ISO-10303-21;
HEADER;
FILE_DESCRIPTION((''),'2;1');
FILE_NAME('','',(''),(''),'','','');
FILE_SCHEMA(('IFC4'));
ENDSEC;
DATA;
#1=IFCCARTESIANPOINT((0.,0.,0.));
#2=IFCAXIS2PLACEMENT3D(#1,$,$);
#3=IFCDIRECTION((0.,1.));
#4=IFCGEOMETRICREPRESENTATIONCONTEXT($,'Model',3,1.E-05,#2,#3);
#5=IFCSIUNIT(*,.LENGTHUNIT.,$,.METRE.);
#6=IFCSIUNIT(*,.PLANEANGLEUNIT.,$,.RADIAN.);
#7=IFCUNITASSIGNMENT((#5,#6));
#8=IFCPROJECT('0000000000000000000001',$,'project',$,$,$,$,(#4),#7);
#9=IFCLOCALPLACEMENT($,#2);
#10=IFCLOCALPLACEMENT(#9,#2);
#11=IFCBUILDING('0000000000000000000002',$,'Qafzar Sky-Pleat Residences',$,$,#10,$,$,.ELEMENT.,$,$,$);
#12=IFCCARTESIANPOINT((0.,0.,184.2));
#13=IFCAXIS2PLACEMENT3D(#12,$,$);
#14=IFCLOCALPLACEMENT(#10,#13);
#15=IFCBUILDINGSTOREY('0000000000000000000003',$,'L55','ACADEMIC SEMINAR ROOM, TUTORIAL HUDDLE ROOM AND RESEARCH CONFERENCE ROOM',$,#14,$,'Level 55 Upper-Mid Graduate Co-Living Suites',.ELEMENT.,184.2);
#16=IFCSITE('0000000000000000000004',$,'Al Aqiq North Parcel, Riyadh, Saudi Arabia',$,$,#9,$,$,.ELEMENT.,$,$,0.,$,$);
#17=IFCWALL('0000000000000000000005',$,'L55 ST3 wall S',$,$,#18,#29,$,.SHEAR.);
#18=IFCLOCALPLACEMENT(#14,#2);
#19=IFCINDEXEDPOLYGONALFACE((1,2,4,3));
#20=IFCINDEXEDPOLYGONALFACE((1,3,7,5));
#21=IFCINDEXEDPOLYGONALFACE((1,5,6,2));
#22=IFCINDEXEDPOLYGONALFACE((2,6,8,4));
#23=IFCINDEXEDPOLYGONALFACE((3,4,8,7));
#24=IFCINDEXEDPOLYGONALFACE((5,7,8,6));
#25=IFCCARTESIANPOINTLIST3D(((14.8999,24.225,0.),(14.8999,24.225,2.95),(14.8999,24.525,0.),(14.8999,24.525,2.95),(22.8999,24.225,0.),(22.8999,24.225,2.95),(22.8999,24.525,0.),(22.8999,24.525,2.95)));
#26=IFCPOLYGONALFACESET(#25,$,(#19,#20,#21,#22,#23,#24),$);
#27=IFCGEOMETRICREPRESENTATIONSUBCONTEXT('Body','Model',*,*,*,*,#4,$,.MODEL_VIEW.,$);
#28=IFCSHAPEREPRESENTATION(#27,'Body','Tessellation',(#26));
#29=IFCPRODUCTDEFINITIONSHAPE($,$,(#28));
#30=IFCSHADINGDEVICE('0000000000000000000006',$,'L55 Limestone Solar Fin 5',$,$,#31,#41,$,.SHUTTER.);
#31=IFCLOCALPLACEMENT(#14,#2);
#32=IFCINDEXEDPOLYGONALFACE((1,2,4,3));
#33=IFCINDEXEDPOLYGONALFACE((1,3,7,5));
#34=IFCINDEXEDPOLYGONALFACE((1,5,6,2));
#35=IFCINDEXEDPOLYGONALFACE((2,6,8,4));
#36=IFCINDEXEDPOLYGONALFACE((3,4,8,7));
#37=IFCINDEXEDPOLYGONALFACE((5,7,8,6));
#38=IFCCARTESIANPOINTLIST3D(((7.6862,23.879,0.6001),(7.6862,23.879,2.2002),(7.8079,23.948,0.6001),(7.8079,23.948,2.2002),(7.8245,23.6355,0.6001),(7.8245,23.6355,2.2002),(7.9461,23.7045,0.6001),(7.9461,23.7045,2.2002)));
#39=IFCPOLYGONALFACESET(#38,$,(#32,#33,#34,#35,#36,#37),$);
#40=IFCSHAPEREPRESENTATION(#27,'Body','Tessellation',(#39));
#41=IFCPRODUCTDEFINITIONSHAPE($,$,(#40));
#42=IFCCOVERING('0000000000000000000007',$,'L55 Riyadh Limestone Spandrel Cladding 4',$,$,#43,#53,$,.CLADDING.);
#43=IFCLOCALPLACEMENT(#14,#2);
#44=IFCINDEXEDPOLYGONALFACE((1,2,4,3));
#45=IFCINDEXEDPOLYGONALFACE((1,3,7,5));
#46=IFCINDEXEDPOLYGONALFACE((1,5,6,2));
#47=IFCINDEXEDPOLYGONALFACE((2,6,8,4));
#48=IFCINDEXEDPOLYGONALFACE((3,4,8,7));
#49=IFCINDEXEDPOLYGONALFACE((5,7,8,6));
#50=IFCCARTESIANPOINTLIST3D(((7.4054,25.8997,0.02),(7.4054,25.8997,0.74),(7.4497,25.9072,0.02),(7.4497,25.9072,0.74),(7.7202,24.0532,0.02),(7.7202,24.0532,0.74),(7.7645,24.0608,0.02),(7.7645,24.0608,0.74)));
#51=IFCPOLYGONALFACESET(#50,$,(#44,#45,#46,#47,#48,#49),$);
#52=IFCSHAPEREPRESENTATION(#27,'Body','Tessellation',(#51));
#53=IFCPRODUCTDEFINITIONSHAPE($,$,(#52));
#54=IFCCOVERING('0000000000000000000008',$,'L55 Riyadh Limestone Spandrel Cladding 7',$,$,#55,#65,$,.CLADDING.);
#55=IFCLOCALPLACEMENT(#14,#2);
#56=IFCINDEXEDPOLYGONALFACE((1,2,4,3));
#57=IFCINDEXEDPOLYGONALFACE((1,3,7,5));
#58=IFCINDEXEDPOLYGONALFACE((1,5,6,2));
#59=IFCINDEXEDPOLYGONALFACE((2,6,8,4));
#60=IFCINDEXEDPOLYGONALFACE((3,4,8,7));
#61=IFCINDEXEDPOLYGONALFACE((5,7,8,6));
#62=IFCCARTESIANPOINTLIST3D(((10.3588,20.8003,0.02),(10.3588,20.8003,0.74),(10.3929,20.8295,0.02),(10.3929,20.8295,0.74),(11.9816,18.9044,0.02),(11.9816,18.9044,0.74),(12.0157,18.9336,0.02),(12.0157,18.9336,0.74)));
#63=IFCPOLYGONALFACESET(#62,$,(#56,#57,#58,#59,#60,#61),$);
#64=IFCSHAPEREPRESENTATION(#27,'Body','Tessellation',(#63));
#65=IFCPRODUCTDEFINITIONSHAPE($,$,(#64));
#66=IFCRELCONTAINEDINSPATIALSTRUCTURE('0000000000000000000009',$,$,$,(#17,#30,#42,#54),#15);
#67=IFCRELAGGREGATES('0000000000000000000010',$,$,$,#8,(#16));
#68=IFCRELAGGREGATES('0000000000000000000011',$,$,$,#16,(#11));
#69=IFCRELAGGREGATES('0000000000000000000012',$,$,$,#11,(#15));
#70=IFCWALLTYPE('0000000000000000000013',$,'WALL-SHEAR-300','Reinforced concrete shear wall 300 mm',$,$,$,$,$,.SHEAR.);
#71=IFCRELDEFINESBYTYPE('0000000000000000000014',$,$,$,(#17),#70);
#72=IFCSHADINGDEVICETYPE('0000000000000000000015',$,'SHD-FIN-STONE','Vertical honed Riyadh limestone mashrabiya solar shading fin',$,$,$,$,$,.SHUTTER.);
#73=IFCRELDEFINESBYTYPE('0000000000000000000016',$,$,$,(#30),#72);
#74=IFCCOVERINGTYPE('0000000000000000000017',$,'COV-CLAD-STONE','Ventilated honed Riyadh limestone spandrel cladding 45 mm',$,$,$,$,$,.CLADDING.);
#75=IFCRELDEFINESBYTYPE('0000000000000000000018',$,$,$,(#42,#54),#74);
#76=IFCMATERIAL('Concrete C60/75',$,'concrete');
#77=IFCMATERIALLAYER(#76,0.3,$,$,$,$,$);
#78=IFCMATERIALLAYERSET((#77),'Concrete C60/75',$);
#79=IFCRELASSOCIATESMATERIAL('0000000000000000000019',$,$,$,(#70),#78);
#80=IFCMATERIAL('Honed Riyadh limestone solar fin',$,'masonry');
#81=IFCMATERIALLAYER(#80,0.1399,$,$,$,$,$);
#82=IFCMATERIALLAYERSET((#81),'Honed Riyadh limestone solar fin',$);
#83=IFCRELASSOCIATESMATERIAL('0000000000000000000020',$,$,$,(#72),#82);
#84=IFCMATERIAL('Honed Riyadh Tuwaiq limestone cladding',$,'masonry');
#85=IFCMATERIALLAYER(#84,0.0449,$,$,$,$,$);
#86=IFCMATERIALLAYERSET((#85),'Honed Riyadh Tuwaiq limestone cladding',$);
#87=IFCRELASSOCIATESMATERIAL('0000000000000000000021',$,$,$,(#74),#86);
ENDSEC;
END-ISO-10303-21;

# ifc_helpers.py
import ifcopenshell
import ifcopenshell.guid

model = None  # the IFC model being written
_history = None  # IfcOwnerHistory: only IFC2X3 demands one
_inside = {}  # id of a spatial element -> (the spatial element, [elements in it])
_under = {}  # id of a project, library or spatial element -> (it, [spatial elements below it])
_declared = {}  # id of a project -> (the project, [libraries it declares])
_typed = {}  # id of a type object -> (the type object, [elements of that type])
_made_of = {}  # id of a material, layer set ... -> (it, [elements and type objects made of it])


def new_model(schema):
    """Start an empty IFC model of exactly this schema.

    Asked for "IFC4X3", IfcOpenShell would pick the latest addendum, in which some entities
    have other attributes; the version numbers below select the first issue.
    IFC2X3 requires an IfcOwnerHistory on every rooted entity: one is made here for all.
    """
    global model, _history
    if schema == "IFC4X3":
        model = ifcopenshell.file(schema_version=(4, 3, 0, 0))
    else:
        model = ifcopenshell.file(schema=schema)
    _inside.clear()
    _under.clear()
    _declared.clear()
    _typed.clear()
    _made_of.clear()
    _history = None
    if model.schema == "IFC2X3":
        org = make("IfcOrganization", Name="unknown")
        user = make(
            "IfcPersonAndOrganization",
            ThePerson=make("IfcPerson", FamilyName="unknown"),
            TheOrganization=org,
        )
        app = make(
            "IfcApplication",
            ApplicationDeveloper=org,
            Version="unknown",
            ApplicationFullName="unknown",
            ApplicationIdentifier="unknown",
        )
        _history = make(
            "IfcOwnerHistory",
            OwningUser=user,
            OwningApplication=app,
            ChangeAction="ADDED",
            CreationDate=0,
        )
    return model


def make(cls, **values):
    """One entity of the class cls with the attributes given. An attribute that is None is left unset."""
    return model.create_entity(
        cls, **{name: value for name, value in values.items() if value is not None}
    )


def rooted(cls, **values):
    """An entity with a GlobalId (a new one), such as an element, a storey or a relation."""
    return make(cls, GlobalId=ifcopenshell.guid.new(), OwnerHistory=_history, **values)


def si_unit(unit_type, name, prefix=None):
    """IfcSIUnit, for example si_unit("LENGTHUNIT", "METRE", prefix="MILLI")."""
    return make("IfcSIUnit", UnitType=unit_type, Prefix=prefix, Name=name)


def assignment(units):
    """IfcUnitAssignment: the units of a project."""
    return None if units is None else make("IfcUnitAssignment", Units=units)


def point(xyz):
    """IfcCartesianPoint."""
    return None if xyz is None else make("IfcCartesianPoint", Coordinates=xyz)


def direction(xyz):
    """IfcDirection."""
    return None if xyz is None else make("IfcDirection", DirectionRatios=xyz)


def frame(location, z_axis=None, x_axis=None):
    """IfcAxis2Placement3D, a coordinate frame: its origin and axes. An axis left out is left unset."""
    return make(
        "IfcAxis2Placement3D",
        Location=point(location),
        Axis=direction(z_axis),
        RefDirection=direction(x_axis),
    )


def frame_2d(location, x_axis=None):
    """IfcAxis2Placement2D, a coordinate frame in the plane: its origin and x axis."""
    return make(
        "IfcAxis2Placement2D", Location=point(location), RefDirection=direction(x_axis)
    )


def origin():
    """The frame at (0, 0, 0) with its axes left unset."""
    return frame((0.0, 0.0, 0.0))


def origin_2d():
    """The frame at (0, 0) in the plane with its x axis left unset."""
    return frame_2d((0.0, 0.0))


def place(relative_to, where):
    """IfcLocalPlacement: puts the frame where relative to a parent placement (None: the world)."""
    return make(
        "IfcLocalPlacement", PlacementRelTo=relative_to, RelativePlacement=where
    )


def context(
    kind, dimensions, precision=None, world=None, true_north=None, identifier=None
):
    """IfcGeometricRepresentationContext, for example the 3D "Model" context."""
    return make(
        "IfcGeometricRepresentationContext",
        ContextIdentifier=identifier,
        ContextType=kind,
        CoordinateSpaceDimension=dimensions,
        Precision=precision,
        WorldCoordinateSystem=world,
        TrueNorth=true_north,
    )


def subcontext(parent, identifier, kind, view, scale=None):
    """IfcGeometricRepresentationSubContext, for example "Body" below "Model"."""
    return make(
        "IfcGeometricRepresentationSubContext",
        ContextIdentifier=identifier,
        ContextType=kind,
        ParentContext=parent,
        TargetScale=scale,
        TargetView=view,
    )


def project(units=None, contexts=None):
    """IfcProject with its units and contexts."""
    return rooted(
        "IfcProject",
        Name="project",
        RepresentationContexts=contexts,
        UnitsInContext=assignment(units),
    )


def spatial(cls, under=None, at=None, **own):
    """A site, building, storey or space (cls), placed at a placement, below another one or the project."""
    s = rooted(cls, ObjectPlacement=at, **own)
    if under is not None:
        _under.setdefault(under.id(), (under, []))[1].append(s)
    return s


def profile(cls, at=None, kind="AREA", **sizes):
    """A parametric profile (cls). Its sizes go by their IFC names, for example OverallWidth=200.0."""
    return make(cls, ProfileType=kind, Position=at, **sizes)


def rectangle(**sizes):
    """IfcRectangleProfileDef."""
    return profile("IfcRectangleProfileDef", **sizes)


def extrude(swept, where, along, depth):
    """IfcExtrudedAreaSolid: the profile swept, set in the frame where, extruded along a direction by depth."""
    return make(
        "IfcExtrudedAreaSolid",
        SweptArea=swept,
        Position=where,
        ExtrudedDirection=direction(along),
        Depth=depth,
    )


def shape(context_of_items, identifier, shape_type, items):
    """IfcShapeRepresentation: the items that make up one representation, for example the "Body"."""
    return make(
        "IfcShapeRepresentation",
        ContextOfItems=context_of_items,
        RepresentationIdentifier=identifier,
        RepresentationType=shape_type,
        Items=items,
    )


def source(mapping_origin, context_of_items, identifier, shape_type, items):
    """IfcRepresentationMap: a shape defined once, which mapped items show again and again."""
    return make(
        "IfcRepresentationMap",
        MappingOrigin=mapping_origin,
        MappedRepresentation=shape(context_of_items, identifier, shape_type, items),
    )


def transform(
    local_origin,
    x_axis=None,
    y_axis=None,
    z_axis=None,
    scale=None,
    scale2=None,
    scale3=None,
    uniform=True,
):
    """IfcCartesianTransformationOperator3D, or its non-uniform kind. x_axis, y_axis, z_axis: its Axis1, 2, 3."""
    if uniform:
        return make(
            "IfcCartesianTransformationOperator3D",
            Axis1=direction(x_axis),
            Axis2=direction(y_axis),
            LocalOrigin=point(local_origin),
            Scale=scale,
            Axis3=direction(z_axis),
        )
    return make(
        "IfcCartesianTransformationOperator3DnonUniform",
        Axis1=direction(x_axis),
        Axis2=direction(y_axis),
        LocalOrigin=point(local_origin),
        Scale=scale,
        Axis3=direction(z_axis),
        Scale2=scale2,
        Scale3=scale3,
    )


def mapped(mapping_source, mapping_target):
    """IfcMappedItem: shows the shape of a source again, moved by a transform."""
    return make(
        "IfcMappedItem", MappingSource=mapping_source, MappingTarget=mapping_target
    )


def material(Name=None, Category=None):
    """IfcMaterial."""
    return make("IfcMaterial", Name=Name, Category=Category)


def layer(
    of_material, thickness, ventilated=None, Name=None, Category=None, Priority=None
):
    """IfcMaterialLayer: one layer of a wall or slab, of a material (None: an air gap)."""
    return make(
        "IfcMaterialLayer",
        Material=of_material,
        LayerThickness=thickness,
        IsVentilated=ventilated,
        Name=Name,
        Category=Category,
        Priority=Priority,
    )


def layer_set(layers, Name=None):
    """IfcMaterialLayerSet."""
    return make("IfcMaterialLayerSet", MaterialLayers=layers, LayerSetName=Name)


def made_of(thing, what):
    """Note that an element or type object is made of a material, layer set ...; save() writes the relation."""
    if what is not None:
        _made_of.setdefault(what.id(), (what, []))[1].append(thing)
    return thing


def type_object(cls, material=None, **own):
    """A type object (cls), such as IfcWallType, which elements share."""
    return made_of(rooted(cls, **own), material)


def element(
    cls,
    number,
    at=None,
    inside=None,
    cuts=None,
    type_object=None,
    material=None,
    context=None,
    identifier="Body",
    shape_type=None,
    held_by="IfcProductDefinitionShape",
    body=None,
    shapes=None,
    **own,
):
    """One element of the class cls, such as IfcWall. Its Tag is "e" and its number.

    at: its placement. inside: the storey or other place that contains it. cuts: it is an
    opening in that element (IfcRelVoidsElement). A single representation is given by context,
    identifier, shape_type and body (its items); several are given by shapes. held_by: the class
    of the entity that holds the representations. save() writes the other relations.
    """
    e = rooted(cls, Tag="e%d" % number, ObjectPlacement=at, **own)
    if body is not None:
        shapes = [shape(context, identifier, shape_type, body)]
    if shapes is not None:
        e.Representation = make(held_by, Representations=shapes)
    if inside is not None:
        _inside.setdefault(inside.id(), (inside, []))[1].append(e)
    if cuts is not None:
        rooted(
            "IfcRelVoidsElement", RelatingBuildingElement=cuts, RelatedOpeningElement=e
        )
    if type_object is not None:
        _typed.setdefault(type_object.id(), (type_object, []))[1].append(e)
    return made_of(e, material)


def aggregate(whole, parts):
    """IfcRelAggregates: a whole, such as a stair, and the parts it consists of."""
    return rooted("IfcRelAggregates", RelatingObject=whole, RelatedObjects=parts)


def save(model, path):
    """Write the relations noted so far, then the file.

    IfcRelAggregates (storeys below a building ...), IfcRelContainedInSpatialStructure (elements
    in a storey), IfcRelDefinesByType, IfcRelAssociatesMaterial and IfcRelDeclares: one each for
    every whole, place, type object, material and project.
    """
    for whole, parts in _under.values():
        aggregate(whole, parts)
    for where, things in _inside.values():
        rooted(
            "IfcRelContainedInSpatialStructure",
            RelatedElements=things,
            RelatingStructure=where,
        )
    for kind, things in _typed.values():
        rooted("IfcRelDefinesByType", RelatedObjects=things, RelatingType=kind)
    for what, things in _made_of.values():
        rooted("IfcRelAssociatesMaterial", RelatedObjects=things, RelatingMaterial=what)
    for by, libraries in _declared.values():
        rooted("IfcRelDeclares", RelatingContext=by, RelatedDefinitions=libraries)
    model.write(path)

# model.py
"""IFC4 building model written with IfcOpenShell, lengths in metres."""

from ifc_helpers import new_model, si_unit, direction, frame, frame_2d, origin, origin_2d, place, context, subcontext, project, spatial, rectangle, extrude, source, transform, mapped, material, layer, layer_set, type_object, element, save


model = new_model("IFC4")

# Units and contexts
model_context = context("Model", 3, precision=1e-05, world=origin(), true_north=direction((0.0, 1.0)))
body_context = subcontext(model_context, "Body", "Model", "MODEL_VIEW")
ifc_project = project(units=[si_unit("LENGTHUNIT", "METRE"), si_unit("PLANEANGLEUNIT", "RADIAN")], contexts=[model_context])

# Site, building, storey
site_placement = place(None, origin())
site = spatial("IfcSite", under=ifc_project, at=site_placement, Name="Al Aqiq North Parcel, Riyadh, Saudi Arabia", CompositionType="ELEMENT", RefElevation=0.0)
building_placement = place(site_placement, origin())
building = spatial("IfcBuilding", under=site, at=building_placement, Name="Qafzar Sky-Pleat Residences", CompositionType="ELEMENT")
storey_placement = place(building_placement, frame((0.0, 0.0, 184.2)))
storey = spatial("IfcBuildingStorey", under=building, at=storey_placement, Name="L55", Description="ACADEMIC SEMINAR ROOM, TUTORIAL HUDDLE ROOM AND RESEARCH CONFERENCE ROOM", LongName="Level 55 Upper-Mid Graduate Co-Living Suites", CompositionType="ELEMENT", Elevation=184.2)

# Wall
ifc_material_1 = material(Name="Concrete C60/75", Category="concrete")
ifc_layer_1 = layer(ifc_material_1, 0.3)
ifc_layer_set_1 = layer_set([ifc_layer_1], Name="Concrete C60/75")
wall_type_1 = type_object("IfcWallType", Name="WALL-SHEAR-300", Description="Reinforced concrete shear wall 300 mm", PredefinedType="SHEAR", material=ifc_layer_set_1)
wall_1_placement = place(storey_placement, frame((14.8999, 24.375, 0.0), z_axis=(0.0, 0.0, 1.0), x_axis=(1.0, 0.0, 0.0)))
element("IfcWall", 1, at=wall_1_placement, inside=storey, type_object=wall_type_1, Name="L55 ST3 wall S", PredefinedType="SHEAR", context=body_context, shape_type="SweptSolid", body=[
    extrude(rectangle(XDim=8.0, YDim=0.3, at=frame_2d((4.0, 0.0))), origin(), (0.0, 0.0, 1.0), 2.95),
])

# Shading device
ifc_material_2 = material(Name="Honed Riyadh limestone solar fin", Category="masonry")
ifc_layer_2 = layer(ifc_material_2, 0.1399)
ifc_layer_set_2 = layer_set([ifc_layer_2], Name="Honed Riyadh limestone solar fin")
shading_device_type = type_object("IfcShadingDeviceType", Name="SHD-FIN-STONE", Description="Vertical honed Riyadh limestone mashrabiya solar shading fin", PredefinedType="SHUTTER", material=ifc_layer_set_2)
shared_shape_1 = source(origin(), body_context, "Body", "SweptSolid", [
    extrude(rectangle(XDim=0.1399, YDim=0.28, at=origin_2d()), origin(), (0.0, 0.0, 1.0), 1.6001),
])
shading_device_placement = place(storey_placement, frame((7.8162, 23.7917, 0.6001), z_axis=(0.0, 0.0, 1.0), x_axis=(-0.869658, -0.493655, 0.0)))
element("IfcShadingDevice", 2, at=shading_device_placement, inside=storey, type_object=shading_device_type, Name="L55 Limestone Solar Fin 5", PredefinedType="SHUTTER", context=body_context, shape_type="MappedRepresentation", body=[
    mapped(shared_shape_1, transform((0.0, 0.0, 0.0), x_axis=(1.0, 0.0, 0.0), y_axis=(0.0, 1.0, 0.0), z_axis=(0.0, 0.0, 1.0), scale=1.0)),
])

# Covering
ifc_material_3 = material(Name="Honed Riyadh Tuwaiq limestone cladding", Category="masonry")
ifc_layer_3 = layer(ifc_material_3, 0.0449)
ifc_layer_set_3 = layer_set([ifc_layer_3], Name="Honed Riyadh Tuwaiq limestone cladding")
covering_type = type_object("IfcCoveringType", Name="COV-CLAD-STONE", Description="Ventilated honed Riyadh limestone spandrel cladding 45 mm", PredefinedType="CLADDING", material=ifc_layer_set_3)
shared_shape_2 = source(origin(), body_context, "Body", "SweptSolid", [
    extrude(rectangle(XDim=1.873, YDim=0.0449, at=origin_2d()), origin(), (0.0, 0.0, 1.0), 0.72),
])
covering_1_placement = place(storey_placement, frame((7.585, 24.9802, 0.02), z_axis=(0.0, 0.0, 1.0), x_axis=(0.168076, -0.985774, 0.0)))
element("IfcCovering", 3, at=covering_1_placement, inside=storey, type_object=covering_type, Name="L55 Riyadh Limestone Spandrel Cladding 4", PredefinedType="CLADDING", context=body_context, shape_type="MappedRepresentation", body=[
    mapped(shared_shape_2, transform((0.0, 0.0, 0.0), x_axis=(1.0, 0.0, 0.0), y_axis=(0.0, 1.0, 0.0), z_axis=(0.0, 0.0, 1.0), scale=1.0)),
])

# Covering
shared_shape_3 = source(origin(), body_context, "Body", "SweptSolid", [
    extrude(rectangle(XDim=2.4956, YDim=0.0449, at=origin_2d()), origin(), (0.0, 0.0, 1.0), 0.72),
])
covering_2_placement = place(storey_placement, frame((11.1873, 19.8669, 0.02), z_axis=(0.0, 0.0, 1.0), x_axis=(0.650274, -0.759699, 0.0)))
element("IfcCovering", 4, at=covering_2_placement, inside=storey, type_object=covering_type, Name="L55 Riyadh Limestone Spandrel Cladding 7", PredefinedType="CLADDING", context=body_context, shape_type="MappedRepresentation", body=[
    mapped(shared_shape_3, transform((0.0, 0.0, 0.0), x_axis=(1.0, 0.0, 0.0), y_axis=(0.0, 1.0, 0.0), z_axis=(0.0, 0.0, 1.0), scale=1.0)),
])

save(model, "model.ifc")
